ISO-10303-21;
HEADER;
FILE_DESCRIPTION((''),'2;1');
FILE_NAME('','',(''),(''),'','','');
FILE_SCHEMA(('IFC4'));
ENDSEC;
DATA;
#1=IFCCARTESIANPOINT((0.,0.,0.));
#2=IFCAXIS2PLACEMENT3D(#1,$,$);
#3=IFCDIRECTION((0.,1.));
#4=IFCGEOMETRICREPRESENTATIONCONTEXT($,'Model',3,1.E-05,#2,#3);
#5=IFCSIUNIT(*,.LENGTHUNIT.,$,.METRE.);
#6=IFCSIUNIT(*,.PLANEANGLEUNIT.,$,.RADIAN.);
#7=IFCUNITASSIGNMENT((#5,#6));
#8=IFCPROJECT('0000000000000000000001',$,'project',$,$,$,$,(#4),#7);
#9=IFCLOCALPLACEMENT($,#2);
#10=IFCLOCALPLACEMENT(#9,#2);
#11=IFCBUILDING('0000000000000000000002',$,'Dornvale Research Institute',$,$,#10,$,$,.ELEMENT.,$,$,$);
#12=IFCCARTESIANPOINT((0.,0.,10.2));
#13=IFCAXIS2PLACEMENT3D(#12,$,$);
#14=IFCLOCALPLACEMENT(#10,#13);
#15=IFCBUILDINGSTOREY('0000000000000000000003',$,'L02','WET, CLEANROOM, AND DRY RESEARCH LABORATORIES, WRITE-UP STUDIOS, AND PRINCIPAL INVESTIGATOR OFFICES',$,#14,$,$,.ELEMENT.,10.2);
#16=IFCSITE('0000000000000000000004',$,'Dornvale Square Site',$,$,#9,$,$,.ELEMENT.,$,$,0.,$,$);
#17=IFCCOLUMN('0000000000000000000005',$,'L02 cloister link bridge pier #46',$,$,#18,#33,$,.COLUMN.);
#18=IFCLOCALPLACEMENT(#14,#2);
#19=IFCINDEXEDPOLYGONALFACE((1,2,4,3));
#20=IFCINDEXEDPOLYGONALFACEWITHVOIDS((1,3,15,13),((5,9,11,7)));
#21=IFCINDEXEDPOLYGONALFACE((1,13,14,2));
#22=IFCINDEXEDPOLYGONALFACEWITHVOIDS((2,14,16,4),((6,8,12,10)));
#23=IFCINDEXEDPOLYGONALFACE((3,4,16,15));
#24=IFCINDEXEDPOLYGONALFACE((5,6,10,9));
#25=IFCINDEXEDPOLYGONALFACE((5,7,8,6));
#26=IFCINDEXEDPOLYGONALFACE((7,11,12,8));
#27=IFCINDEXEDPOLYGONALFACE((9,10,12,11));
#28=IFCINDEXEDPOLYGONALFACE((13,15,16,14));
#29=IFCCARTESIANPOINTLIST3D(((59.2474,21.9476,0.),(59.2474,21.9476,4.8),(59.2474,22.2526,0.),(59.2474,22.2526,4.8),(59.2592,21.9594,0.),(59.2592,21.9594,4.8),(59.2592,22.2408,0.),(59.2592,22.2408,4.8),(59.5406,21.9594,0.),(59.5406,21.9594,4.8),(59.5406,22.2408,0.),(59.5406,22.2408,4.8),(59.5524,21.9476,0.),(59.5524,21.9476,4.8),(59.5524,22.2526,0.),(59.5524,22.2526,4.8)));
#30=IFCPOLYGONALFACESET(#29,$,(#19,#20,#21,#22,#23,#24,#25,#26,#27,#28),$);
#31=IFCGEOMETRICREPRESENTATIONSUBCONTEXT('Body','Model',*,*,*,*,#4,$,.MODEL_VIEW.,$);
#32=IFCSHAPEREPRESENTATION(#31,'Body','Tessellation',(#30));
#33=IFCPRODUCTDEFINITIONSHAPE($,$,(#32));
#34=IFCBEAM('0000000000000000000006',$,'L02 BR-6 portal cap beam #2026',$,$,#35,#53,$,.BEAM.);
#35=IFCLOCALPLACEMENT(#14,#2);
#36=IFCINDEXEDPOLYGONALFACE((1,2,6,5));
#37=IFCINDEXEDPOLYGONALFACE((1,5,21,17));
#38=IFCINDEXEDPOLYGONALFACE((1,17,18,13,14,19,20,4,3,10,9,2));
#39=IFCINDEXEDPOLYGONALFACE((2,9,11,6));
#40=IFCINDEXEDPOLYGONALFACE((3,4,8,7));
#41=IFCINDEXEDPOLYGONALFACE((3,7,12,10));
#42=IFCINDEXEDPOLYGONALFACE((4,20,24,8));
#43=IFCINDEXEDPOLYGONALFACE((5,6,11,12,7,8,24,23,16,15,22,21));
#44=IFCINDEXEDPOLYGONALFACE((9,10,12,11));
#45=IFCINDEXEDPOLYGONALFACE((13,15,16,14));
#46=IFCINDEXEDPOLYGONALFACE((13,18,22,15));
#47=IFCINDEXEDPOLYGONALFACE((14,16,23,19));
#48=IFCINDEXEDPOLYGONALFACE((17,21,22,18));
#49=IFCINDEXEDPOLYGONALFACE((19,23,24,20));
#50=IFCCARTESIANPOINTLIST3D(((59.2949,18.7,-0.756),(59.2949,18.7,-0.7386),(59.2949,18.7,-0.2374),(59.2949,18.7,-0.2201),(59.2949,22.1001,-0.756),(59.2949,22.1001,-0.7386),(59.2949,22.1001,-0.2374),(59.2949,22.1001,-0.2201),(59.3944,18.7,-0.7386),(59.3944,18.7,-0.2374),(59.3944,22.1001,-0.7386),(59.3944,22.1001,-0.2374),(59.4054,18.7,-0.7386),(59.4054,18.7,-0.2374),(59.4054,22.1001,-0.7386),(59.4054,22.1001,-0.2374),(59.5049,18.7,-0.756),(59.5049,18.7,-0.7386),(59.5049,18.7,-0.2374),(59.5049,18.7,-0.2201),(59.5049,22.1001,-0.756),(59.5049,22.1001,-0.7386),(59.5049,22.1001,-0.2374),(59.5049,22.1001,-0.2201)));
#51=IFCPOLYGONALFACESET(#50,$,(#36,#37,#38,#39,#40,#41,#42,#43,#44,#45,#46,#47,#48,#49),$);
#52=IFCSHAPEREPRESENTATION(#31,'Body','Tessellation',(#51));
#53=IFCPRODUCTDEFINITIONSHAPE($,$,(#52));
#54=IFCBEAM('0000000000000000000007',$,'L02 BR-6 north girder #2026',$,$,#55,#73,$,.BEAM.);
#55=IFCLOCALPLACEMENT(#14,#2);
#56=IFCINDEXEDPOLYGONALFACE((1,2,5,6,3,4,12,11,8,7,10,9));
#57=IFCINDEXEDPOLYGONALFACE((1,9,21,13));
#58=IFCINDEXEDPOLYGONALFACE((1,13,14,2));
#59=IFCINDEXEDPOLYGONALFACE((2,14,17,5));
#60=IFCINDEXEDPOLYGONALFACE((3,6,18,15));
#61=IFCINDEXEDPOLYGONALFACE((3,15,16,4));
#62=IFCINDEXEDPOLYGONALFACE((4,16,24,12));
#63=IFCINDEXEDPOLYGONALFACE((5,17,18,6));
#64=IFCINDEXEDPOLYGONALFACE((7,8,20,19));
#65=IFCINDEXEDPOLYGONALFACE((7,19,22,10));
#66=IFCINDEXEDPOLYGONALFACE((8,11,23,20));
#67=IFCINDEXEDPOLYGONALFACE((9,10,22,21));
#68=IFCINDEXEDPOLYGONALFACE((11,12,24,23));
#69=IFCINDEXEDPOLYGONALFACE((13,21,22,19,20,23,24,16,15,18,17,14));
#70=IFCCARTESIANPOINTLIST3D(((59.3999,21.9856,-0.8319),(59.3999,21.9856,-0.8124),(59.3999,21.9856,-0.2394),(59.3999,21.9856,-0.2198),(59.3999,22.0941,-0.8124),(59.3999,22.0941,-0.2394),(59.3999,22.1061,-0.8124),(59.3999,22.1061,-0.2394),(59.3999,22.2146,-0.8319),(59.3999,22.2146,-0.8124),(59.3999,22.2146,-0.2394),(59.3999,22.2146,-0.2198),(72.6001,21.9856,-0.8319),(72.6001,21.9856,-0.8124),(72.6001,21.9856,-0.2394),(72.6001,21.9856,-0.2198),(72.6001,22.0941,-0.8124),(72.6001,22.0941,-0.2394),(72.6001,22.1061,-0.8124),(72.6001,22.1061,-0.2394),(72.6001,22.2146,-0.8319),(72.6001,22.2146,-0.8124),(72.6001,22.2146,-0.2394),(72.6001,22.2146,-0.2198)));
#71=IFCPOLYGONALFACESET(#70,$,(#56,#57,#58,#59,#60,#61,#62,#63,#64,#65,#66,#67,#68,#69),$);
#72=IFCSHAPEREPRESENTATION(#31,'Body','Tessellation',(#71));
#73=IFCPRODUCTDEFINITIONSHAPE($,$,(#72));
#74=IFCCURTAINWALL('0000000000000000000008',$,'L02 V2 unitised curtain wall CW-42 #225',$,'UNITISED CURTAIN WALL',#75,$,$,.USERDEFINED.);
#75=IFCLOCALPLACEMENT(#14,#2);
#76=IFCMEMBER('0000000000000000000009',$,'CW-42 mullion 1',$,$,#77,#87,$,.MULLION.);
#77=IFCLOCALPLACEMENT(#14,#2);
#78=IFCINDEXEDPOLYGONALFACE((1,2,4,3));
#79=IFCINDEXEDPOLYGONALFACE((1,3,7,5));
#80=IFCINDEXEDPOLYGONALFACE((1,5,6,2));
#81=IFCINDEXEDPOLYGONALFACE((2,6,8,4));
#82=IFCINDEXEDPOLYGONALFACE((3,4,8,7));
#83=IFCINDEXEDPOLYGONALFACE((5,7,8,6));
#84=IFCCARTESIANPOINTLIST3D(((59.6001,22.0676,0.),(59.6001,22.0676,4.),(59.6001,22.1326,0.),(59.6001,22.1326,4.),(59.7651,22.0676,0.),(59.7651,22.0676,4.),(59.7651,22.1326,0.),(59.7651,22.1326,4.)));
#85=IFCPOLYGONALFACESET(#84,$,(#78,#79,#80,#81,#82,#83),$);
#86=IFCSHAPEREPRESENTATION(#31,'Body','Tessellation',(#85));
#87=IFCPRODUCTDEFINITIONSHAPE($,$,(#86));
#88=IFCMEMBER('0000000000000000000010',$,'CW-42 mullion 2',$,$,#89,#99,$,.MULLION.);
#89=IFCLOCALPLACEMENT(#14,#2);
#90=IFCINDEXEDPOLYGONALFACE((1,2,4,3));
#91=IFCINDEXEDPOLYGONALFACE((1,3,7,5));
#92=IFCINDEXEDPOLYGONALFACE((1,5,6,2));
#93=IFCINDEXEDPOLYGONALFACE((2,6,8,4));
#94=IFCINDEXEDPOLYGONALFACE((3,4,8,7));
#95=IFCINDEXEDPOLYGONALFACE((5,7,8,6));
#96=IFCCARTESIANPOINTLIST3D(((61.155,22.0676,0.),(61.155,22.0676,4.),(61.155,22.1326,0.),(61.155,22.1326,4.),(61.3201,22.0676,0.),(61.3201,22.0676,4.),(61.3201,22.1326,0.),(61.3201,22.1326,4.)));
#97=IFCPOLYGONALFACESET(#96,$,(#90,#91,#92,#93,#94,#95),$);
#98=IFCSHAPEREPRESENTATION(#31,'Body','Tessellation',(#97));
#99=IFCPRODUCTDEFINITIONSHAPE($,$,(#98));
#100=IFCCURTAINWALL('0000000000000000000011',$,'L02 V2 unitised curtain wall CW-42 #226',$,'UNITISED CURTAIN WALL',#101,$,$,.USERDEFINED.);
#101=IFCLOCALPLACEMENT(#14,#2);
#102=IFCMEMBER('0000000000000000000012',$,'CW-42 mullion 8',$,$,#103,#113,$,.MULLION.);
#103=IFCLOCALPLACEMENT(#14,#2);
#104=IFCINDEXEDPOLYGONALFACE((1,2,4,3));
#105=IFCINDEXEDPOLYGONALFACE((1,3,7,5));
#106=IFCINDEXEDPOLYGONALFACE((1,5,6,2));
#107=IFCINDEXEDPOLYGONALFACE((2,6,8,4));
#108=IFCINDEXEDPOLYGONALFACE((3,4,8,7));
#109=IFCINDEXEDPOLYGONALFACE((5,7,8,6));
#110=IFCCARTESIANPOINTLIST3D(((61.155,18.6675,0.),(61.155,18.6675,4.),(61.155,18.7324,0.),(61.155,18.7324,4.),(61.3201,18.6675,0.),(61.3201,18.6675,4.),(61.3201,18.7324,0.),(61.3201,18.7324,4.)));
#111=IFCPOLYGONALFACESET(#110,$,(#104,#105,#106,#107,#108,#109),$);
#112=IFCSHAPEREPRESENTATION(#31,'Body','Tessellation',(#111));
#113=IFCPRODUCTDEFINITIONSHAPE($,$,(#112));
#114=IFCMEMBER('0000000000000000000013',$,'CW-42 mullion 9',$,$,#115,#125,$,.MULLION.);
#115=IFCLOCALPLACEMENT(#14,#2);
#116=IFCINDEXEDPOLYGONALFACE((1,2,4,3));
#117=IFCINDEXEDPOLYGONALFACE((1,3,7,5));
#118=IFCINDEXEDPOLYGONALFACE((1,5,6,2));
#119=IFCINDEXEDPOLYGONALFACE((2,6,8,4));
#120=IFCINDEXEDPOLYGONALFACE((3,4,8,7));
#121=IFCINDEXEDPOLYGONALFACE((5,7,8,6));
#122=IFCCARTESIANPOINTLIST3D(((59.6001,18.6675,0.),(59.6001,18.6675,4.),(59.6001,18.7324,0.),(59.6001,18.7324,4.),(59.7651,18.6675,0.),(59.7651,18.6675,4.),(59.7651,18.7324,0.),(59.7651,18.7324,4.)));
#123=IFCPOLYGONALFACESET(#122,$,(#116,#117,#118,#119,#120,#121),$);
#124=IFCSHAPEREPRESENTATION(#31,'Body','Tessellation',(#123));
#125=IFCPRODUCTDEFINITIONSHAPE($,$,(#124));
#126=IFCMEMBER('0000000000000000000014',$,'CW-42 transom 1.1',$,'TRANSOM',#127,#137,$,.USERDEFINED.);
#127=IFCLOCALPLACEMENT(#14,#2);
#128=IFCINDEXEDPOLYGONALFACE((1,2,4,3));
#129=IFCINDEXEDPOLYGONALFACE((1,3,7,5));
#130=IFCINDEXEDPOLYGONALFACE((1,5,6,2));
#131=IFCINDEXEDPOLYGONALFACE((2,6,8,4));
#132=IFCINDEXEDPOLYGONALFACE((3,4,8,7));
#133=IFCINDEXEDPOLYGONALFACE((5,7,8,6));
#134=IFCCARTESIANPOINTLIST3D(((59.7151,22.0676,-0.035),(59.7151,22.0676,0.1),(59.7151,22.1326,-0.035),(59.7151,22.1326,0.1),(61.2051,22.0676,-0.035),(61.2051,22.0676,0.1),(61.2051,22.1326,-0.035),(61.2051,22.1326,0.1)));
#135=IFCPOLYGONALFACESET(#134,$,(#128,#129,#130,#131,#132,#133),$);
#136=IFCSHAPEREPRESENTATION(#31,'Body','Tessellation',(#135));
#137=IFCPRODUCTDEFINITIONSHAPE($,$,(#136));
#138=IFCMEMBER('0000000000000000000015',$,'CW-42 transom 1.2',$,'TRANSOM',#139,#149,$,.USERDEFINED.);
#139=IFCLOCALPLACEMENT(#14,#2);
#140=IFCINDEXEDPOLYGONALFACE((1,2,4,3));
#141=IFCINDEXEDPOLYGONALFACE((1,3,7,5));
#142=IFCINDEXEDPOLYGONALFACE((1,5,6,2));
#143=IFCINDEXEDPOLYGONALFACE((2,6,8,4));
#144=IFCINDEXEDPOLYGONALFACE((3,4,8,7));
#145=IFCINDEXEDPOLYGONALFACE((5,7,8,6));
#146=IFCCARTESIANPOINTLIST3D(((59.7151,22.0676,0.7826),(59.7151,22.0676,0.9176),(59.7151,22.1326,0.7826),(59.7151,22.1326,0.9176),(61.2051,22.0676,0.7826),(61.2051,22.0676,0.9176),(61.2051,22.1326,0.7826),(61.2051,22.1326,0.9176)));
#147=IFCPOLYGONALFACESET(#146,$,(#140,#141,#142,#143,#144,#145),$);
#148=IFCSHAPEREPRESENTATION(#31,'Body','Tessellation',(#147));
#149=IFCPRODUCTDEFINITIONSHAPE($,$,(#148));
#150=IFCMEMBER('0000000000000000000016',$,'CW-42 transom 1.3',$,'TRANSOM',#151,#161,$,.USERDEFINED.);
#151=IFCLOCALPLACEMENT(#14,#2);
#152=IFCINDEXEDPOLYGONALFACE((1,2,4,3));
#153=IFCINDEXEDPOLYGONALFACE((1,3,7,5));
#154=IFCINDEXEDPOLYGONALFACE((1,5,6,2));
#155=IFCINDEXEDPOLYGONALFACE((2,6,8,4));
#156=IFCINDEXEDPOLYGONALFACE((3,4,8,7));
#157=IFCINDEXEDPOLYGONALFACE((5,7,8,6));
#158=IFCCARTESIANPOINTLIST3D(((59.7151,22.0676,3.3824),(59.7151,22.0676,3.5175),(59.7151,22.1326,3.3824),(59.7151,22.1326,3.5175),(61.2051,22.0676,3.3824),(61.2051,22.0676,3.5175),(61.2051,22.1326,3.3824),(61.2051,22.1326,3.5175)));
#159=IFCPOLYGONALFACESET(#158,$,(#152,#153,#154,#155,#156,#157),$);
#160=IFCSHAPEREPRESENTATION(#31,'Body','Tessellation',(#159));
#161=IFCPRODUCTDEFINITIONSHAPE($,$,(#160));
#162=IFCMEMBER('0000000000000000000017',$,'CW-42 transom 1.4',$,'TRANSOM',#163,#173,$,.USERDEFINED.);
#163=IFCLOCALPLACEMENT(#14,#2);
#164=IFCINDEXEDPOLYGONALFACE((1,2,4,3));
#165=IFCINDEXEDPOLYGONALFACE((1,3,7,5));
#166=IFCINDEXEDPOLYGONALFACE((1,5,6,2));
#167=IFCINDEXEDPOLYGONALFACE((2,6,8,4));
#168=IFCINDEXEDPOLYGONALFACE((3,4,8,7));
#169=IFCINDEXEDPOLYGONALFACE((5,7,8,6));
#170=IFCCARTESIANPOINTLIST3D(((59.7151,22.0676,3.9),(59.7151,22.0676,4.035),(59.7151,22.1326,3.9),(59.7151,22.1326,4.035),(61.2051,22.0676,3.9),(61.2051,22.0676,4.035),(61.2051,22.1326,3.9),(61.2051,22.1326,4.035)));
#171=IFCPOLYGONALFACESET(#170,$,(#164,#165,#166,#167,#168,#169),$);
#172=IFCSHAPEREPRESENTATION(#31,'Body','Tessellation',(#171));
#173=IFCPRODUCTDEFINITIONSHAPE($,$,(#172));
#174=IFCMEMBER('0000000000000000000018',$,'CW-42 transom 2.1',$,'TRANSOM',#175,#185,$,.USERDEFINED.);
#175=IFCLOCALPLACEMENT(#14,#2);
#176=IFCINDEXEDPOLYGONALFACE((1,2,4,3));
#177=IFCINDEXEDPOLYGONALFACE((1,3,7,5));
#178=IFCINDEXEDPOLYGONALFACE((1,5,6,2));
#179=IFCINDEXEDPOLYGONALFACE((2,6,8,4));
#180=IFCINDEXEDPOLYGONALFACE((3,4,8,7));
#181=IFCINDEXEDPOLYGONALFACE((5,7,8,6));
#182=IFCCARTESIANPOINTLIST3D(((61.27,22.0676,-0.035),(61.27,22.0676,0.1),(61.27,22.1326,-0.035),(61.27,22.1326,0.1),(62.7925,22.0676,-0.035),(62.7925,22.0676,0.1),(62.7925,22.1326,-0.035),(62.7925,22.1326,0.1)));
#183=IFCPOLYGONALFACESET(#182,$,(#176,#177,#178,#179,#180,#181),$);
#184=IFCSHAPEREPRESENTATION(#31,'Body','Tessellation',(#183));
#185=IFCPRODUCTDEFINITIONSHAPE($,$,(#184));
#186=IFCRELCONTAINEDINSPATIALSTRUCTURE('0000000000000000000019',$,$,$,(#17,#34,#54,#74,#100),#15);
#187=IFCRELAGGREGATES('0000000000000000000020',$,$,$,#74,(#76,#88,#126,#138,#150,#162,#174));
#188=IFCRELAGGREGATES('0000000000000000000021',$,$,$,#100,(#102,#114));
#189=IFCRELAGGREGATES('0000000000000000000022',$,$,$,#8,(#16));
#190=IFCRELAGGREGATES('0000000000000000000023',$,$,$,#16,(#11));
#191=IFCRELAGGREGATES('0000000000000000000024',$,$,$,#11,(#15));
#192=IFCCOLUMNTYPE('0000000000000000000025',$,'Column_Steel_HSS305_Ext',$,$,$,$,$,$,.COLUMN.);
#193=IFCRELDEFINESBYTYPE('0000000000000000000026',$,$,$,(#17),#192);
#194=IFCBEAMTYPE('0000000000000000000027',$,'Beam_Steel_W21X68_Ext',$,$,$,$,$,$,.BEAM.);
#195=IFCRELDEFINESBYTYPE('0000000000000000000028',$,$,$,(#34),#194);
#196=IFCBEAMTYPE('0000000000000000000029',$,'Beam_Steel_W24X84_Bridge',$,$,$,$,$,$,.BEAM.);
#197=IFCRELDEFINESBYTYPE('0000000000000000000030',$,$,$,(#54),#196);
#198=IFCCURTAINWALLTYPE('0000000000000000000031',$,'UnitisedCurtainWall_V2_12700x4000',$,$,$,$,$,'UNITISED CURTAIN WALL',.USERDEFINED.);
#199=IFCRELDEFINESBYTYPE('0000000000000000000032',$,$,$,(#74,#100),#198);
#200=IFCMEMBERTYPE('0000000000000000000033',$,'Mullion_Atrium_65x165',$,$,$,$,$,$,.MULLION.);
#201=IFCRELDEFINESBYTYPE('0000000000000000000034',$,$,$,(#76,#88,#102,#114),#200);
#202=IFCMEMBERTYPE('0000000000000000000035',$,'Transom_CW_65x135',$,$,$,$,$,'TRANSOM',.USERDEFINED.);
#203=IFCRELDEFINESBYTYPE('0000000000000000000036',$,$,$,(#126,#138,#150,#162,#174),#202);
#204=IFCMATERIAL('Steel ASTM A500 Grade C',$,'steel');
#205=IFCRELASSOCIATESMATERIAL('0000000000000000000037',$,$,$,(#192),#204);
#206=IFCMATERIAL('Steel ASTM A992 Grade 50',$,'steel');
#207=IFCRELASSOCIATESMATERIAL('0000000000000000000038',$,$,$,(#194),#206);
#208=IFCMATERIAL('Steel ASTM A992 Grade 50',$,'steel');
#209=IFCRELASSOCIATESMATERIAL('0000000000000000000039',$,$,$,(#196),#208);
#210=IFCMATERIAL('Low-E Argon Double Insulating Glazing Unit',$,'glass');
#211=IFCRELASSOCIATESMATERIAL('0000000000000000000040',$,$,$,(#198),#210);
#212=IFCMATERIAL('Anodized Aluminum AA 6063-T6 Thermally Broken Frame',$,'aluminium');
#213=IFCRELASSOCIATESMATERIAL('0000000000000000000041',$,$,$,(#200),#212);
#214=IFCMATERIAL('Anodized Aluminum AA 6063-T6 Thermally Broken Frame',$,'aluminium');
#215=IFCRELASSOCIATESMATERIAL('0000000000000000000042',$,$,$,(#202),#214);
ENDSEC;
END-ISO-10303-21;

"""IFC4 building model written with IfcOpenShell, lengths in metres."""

from ifc_helpers import new_model, si_unit, direction, frame, origin, origin_2d, place, context, subcontext, project, spatial, rectangle, hollow_rectangle, i_section, extrude, material, material_profile, profile_set, type_object, element, aggregate, save


model = new_model("IFC4")

# Units and contexts
model_context = context("Model", 3, precision=1e-05, world=origin(), true_north=direction((0.0, 1.0)))
body_context = subcontext(model_context, "Body", "Model", "MODEL_VIEW")
ifc_project = project(units=[si_unit("LENGTHUNIT", "METRE"), si_unit("PLANEANGLEUNIT", "RADIAN")], contexts=[model_context])

# Site, building, storey
site_placement = place(None, origin())
site = spatial("IfcSite", under=ifc_project, at=site_placement, Name="Dornvale Square Site", CompositionType="ELEMENT", RefElevation=0.0)
building_placement = place(site_placement, origin())
building = spatial("IfcBuilding", under=site, at=building_placement, Name="Dornvale Research Institute", CompositionType="ELEMENT")
storey_placement = place(building_placement, frame((0.0, 0.0, 10.2)))
storey = spatial("IfcBuildingStorey", under=building, at=storey_placement, Name="L02", Description="WET, CLEANROOM, AND DRY RESEARCH LABORATORIES, WRITE-UP STUDIOS, AND PRINCIPAL INVESTIGATOR OFFICES", CompositionType="ELEMENT", Elevation=10.2)

# Column
ifc_material_1 = material(Name="Steel ASTM A500 Grade C", Category="steel")
ifc_material_profile_1 = material_profile(ifc_material_1, hollow_rectangle(XDim=0.3049, YDim=0.3049, WallThickness=0.0117, at=origin_2d()), Name="HSS305X305X12.7")
ifc_profile_set_1 = profile_set([ifc_material_profile_1], Name="Steel ASTM A500 Grade C")
column_type = type_object("IfcColumnType", Name="Column_Steel_HSS305_Ext", PredefinedType="COLUMN", material=ifc_profile_set_1)
column_placement = place(storey_placement, frame((59.3999, 22.1001, 0.0), z_axis=(0.0, 0.0, 1.0), x_axis=(1.0, 0.0, 0.0)))
element("IfcColumn", 1, at=column_placement, inside=storey, type_object=column_type, Name="L02 cloister link bridge pier #46", PredefinedType="COLUMN", context=body_context, shape_type="SweptSolid", body=[
    extrude(hollow_rectangle(XDim=0.3049, YDim=0.3049, WallThickness=0.0117, at=origin_2d()), origin(), (0.0, 0.0, 1.0), 4.8),
])

# Beams
ifc_material_2 = material(Name="Steel ASTM A992 Grade 50", Category="steel")
ifc_material_profile_2 = material_profile(ifc_material_2, i_section(OverallWidth=0.21, OverallDepth=0.5359, WebThickness=0.011, FlangeThickness=0.0173, at=origin_2d()), Name="W21X68")
ifc_profile_set_2 = profile_set([ifc_material_profile_2], Name="Steel ASTM A992 Grade 50")
beam_type_1 = type_object("IfcBeamType", Name="Beam_Steel_W21X68_Ext", PredefinedType="BEAM", material=ifc_profile_set_2)
beam_1_placement = place(storey_placement, frame((59.3999, 18.7, -0.488), z_axis=(0.0, 1.0, 0.0), x_axis=(-1.0, 0.0, 0.0)))
element("IfcBeam", 2, at=beam_1_placement, inside=storey, type_object=beam_type_1, Name="L02 BR-6 portal cap beam #2026", PredefinedType="BEAM", context=body_context, shape_type="SweptSolid", body=[
    extrude(i_section(OverallWidth=0.21, OverallDepth=0.5359, WebThickness=0.011, FlangeThickness=0.0173, at=origin_2d()), origin(), (0.0, 0.0, 1.0), 3.4001),
])
ifc_material_3 = material(Name="Steel ASTM A992 Grade 50", Category="steel")
ifc_material_profile_3 = material_profile(ifc_material_3, i_section(OverallWidth=0.229, OverallDepth=0.6121, WebThickness=0.012, FlangeThickness=0.0195, at=origin_2d()), Name="W24X84")
ifc_profile_set_3 = profile_set([ifc_material_profile_3], Name="Steel ASTM A992 Grade 50")
beam_type_2 = type_object("IfcBeamType", Name="Beam_Steel_W24X84_Bridge", PredefinedType="BEAM", material=ifc_profile_set_3)
beam_2_placement = place(storey_placement, frame((59.3999, 22.1001, -0.5259), z_axis=(1.0, 0.0, 0.0), x_axis=(0.0, 1.0, 0.0)))
element("IfcBeam", 3, at=beam_2_placement, inside=storey, type_object=beam_type_2, Name="L02 BR-6 north girder #2026", PredefinedType="BEAM", context=body_context, shape_type="SweptSolid", body=[
    extrude(i_section(OverallWidth=0.229, OverallDepth=0.6121, WebThickness=0.012, FlangeThickness=0.0195, at=origin_2d()), origin(), (0.0, 0.0, 1.0), 13.2002),
])

# Curtain walls, members
ifc_material_4 = material(Name="Low-E Argon Double Insulating Glazing Unit", Category="glass")
curtain_wall_type = type_object("IfcCurtainWallType", Name="UnitisedCurtainWall_V2_12700x4000", ElementType="UNITISED CURTAIN WALL", PredefinedType="USERDEFINED", material=ifc_material_4)
curtain_wall_1_placement = place(storey_placement, origin())
curtain_wall_1 = element("IfcCurtainWall", 4, at=curtain_wall_1_placement, inside=storey, type_object=curtain_wall_type, Name="L02 V2 unitised curtain wall CW-42 #225", ObjectType="UNITISED CURTAIN WALL", PredefinedType="USERDEFINED")
ifc_material_5 = material(Name="Anodized Aluminum AA 6063-T6 Thermally Broken Frame", Category="aluminium")
ifc_material_profile_4 = material_profile(ifc_material_5, rectangle(XDim=0.0649, YDim=0.165, at=origin_2d()), Name="ALU MULLION 65x165")
ifc_profile_set_4 = profile_set([ifc_material_profile_4], Name="Anodized Aluminum AA 6063-T6 Thermally Broken Frame")
member_type_1 = type_object("IfcMemberType", Name="Mullion_Atrium_65x165", PredefinedType="MULLION", material=ifc_profile_set_4)
member_1_placement = place(storey_placement, frame((59.6826, 22.1001, 0.0), z_axis=(0.0, 0.0, 1.0), x_axis=(0.0, 1.0, 0.0)))
member_1 = element("IfcMember", 5, at=member_1_placement, type_object=member_type_1, Name="CW-42 mullion 1", PredefinedType="MULLION", context=body_context, shape_type="SweptSolid", body=[
    extrude(rectangle(XDim=0.0649, YDim=0.165, at=origin_2d()), origin(), (0.0, 0.0, 1.0), 4.0),
])
member_2_placement = place(storey_placement, frame((61.2375, 22.1001, 0.0), z_axis=(0.0, 0.0, 1.0), x_axis=(0.0, 1.0, 0.0)))
member_2 = element("IfcMember", 6, at=member_2_placement, type_object=member_type_1, Name="CW-42 mullion 2", PredefinedType="MULLION", context=body_context, shape_type="SweptSolid", body=[
    extrude(rectangle(XDim=0.0649, YDim=0.165, at=origin_2d()), origin(), (0.0, 0.0, 1.0), 4.0),
])
curtain_wall_2_placement = place(storey_placement, origin())
curtain_wall_2 = element("IfcCurtainWall", 7, at=curtain_wall_2_placement, inside=storey, type_object=curtain_wall_type, Name="L02 V2 unitised curtain wall CW-42 #226", ObjectType="UNITISED CURTAIN WALL", PredefinedType="USERDEFINED")
member_3_placement = place(storey_placement, frame((61.2375, 18.7, 0.0), z_axis=(0.0, 0.0, 1.0), x_axis=(0.0, -1.0, 0.0)))
member_3 = element("IfcMember", 8, at=member_3_placement, type_object=member_type_1, Name="CW-42 mullion 8", PredefinedType="MULLION", context=body_context, shape_type="SweptSolid", body=[
    extrude(rectangle(XDim=0.0649, YDim=0.165, at=origin_2d()), origin(), (0.0, 0.0, 1.0), 4.0),
])
member_4_placement = place(storey_placement, frame((59.6826, 18.7, 0.0), z_axis=(0.0, 0.0, 1.0), x_axis=(0.0, -1.0, 0.0)))
member_4 = element("IfcMember", 9, at=member_4_placement, type_object=member_type_1, Name="CW-42 mullion 9", PredefinedType="MULLION", context=body_context, shape_type="SweptSolid", body=[
    extrude(rectangle(XDim=0.0649, YDim=0.165, at=origin_2d()), origin(), (0.0, 0.0, 1.0), 4.0),
])

# Members
ifc_material_6 = material(Name="Anodized Aluminum AA 6063-T6 Thermally Broken Frame", Category="aluminium")
ifc_material_profile_5 = material_profile(ifc_material_6, rectangle(XDim=0.0649, YDim=0.135, at=origin_2d()), Name="ALU TRANSOM 65x135")
ifc_profile_set_5 = profile_set([ifc_material_profile_5], Name="Anodized Aluminum AA 6063-T6 Thermally Broken Frame")
member_type_2 = type_object("IfcMemberType", Name="Transom_CW_65x135", ElementType="TRANSOM", PredefinedType="USERDEFINED", material=ifc_profile_set_5)
member_5_placement = place(storey_placement, frame((59.7151, 22.1001, 0.0325), z_axis=(1.0, 0.0, 0.0), x_axis=(0.0, 1.0, 0.0)))
member_5 = element("IfcMember", 10, at=member_5_placement, type_object=member_type_2, Name="CW-42 transom 1.1", ObjectType="TRANSOM", PredefinedType="USERDEFINED", context=body_context, shape_type="SweptSolid", body=[
    extrude(rectangle(XDim=0.0649, YDim=0.135, at=origin_2d()), origin(), (0.0, 0.0, 1.0), 1.49),
])
member_6_placement = place(storey_placement, frame((59.7151, 22.1001, 0.8501), z_axis=(1.0, 0.0, 0.0), x_axis=(0.0, 1.0, 0.0)))
member_6 = element("IfcMember", 11, at=member_6_placement, type_object=member_type_2, Name="CW-42 transom 1.2", ObjectType="TRANSOM", PredefinedType="USERDEFINED", context=body_context, shape_type="SweptSolid", body=[
    extrude(rectangle(XDim=0.0649, YDim=0.135, at=origin_2d()), origin(), (0.0, 0.0, 1.0), 1.49),
])
member_7_placement = place(storey_placement, frame((59.7151, 22.1001, 3.45), z_axis=(1.0, 0.0, 0.0), x_axis=(0.0, 1.0, 0.0)))
member_7 = element("IfcMember", 12, at=member_7_placement, type_object=member_type_2, Name="CW-42 transom 1.3", ObjectType="TRANSOM", PredefinedType="USERDEFINED", context=body_context, shape_type="SweptSolid", body=[
    extrude(rectangle(XDim=0.0649, YDim=0.135, at=origin_2d()), origin(), (0.0, 0.0, 1.0), 1.49),
])
member_8_placement = place(storey_placement, frame((59.7151, 22.1001, 3.9675), z_axis=(1.0, 0.0, 0.0), x_axis=(0.0, 1.0, 0.0)))
member_8 = element("IfcMember", 13, at=member_8_placement, type_object=member_type_2, Name="CW-42 transom 1.4", ObjectType="TRANSOM", PredefinedType="USERDEFINED", context=body_context, shape_type="SweptSolid", body=[
    extrude(rectangle(XDim=0.0649, YDim=0.135, at=origin_2d()), origin(), (0.0, 0.0, 1.0), 1.49),
])
member_9_placement = place(storey_placement, frame((61.27, 22.1001, 0.0325), z_axis=(1.0, 0.0, 0.0), x_axis=(0.0, 1.0, 0.0)))
member_9 = element("IfcMember", 14, at=member_9_placement, type_object=member_type_2, Name="CW-42 transom 2.1", ObjectType="TRANSOM", PredefinedType="USERDEFINED", context=body_context, shape_type="SweptSolid", body=[
    extrude(rectangle(XDim=0.0649, YDim=0.135, at=origin_2d()), origin(), (0.0, 0.0, 1.0), 1.5225),
])

aggregate(curtain_wall_1, [member_1, member_2, member_5, member_6, member_7, member_8, member_9])
aggregate(curtain_wall_2, [member_3, member_4])

save(model, "model.ifc")
